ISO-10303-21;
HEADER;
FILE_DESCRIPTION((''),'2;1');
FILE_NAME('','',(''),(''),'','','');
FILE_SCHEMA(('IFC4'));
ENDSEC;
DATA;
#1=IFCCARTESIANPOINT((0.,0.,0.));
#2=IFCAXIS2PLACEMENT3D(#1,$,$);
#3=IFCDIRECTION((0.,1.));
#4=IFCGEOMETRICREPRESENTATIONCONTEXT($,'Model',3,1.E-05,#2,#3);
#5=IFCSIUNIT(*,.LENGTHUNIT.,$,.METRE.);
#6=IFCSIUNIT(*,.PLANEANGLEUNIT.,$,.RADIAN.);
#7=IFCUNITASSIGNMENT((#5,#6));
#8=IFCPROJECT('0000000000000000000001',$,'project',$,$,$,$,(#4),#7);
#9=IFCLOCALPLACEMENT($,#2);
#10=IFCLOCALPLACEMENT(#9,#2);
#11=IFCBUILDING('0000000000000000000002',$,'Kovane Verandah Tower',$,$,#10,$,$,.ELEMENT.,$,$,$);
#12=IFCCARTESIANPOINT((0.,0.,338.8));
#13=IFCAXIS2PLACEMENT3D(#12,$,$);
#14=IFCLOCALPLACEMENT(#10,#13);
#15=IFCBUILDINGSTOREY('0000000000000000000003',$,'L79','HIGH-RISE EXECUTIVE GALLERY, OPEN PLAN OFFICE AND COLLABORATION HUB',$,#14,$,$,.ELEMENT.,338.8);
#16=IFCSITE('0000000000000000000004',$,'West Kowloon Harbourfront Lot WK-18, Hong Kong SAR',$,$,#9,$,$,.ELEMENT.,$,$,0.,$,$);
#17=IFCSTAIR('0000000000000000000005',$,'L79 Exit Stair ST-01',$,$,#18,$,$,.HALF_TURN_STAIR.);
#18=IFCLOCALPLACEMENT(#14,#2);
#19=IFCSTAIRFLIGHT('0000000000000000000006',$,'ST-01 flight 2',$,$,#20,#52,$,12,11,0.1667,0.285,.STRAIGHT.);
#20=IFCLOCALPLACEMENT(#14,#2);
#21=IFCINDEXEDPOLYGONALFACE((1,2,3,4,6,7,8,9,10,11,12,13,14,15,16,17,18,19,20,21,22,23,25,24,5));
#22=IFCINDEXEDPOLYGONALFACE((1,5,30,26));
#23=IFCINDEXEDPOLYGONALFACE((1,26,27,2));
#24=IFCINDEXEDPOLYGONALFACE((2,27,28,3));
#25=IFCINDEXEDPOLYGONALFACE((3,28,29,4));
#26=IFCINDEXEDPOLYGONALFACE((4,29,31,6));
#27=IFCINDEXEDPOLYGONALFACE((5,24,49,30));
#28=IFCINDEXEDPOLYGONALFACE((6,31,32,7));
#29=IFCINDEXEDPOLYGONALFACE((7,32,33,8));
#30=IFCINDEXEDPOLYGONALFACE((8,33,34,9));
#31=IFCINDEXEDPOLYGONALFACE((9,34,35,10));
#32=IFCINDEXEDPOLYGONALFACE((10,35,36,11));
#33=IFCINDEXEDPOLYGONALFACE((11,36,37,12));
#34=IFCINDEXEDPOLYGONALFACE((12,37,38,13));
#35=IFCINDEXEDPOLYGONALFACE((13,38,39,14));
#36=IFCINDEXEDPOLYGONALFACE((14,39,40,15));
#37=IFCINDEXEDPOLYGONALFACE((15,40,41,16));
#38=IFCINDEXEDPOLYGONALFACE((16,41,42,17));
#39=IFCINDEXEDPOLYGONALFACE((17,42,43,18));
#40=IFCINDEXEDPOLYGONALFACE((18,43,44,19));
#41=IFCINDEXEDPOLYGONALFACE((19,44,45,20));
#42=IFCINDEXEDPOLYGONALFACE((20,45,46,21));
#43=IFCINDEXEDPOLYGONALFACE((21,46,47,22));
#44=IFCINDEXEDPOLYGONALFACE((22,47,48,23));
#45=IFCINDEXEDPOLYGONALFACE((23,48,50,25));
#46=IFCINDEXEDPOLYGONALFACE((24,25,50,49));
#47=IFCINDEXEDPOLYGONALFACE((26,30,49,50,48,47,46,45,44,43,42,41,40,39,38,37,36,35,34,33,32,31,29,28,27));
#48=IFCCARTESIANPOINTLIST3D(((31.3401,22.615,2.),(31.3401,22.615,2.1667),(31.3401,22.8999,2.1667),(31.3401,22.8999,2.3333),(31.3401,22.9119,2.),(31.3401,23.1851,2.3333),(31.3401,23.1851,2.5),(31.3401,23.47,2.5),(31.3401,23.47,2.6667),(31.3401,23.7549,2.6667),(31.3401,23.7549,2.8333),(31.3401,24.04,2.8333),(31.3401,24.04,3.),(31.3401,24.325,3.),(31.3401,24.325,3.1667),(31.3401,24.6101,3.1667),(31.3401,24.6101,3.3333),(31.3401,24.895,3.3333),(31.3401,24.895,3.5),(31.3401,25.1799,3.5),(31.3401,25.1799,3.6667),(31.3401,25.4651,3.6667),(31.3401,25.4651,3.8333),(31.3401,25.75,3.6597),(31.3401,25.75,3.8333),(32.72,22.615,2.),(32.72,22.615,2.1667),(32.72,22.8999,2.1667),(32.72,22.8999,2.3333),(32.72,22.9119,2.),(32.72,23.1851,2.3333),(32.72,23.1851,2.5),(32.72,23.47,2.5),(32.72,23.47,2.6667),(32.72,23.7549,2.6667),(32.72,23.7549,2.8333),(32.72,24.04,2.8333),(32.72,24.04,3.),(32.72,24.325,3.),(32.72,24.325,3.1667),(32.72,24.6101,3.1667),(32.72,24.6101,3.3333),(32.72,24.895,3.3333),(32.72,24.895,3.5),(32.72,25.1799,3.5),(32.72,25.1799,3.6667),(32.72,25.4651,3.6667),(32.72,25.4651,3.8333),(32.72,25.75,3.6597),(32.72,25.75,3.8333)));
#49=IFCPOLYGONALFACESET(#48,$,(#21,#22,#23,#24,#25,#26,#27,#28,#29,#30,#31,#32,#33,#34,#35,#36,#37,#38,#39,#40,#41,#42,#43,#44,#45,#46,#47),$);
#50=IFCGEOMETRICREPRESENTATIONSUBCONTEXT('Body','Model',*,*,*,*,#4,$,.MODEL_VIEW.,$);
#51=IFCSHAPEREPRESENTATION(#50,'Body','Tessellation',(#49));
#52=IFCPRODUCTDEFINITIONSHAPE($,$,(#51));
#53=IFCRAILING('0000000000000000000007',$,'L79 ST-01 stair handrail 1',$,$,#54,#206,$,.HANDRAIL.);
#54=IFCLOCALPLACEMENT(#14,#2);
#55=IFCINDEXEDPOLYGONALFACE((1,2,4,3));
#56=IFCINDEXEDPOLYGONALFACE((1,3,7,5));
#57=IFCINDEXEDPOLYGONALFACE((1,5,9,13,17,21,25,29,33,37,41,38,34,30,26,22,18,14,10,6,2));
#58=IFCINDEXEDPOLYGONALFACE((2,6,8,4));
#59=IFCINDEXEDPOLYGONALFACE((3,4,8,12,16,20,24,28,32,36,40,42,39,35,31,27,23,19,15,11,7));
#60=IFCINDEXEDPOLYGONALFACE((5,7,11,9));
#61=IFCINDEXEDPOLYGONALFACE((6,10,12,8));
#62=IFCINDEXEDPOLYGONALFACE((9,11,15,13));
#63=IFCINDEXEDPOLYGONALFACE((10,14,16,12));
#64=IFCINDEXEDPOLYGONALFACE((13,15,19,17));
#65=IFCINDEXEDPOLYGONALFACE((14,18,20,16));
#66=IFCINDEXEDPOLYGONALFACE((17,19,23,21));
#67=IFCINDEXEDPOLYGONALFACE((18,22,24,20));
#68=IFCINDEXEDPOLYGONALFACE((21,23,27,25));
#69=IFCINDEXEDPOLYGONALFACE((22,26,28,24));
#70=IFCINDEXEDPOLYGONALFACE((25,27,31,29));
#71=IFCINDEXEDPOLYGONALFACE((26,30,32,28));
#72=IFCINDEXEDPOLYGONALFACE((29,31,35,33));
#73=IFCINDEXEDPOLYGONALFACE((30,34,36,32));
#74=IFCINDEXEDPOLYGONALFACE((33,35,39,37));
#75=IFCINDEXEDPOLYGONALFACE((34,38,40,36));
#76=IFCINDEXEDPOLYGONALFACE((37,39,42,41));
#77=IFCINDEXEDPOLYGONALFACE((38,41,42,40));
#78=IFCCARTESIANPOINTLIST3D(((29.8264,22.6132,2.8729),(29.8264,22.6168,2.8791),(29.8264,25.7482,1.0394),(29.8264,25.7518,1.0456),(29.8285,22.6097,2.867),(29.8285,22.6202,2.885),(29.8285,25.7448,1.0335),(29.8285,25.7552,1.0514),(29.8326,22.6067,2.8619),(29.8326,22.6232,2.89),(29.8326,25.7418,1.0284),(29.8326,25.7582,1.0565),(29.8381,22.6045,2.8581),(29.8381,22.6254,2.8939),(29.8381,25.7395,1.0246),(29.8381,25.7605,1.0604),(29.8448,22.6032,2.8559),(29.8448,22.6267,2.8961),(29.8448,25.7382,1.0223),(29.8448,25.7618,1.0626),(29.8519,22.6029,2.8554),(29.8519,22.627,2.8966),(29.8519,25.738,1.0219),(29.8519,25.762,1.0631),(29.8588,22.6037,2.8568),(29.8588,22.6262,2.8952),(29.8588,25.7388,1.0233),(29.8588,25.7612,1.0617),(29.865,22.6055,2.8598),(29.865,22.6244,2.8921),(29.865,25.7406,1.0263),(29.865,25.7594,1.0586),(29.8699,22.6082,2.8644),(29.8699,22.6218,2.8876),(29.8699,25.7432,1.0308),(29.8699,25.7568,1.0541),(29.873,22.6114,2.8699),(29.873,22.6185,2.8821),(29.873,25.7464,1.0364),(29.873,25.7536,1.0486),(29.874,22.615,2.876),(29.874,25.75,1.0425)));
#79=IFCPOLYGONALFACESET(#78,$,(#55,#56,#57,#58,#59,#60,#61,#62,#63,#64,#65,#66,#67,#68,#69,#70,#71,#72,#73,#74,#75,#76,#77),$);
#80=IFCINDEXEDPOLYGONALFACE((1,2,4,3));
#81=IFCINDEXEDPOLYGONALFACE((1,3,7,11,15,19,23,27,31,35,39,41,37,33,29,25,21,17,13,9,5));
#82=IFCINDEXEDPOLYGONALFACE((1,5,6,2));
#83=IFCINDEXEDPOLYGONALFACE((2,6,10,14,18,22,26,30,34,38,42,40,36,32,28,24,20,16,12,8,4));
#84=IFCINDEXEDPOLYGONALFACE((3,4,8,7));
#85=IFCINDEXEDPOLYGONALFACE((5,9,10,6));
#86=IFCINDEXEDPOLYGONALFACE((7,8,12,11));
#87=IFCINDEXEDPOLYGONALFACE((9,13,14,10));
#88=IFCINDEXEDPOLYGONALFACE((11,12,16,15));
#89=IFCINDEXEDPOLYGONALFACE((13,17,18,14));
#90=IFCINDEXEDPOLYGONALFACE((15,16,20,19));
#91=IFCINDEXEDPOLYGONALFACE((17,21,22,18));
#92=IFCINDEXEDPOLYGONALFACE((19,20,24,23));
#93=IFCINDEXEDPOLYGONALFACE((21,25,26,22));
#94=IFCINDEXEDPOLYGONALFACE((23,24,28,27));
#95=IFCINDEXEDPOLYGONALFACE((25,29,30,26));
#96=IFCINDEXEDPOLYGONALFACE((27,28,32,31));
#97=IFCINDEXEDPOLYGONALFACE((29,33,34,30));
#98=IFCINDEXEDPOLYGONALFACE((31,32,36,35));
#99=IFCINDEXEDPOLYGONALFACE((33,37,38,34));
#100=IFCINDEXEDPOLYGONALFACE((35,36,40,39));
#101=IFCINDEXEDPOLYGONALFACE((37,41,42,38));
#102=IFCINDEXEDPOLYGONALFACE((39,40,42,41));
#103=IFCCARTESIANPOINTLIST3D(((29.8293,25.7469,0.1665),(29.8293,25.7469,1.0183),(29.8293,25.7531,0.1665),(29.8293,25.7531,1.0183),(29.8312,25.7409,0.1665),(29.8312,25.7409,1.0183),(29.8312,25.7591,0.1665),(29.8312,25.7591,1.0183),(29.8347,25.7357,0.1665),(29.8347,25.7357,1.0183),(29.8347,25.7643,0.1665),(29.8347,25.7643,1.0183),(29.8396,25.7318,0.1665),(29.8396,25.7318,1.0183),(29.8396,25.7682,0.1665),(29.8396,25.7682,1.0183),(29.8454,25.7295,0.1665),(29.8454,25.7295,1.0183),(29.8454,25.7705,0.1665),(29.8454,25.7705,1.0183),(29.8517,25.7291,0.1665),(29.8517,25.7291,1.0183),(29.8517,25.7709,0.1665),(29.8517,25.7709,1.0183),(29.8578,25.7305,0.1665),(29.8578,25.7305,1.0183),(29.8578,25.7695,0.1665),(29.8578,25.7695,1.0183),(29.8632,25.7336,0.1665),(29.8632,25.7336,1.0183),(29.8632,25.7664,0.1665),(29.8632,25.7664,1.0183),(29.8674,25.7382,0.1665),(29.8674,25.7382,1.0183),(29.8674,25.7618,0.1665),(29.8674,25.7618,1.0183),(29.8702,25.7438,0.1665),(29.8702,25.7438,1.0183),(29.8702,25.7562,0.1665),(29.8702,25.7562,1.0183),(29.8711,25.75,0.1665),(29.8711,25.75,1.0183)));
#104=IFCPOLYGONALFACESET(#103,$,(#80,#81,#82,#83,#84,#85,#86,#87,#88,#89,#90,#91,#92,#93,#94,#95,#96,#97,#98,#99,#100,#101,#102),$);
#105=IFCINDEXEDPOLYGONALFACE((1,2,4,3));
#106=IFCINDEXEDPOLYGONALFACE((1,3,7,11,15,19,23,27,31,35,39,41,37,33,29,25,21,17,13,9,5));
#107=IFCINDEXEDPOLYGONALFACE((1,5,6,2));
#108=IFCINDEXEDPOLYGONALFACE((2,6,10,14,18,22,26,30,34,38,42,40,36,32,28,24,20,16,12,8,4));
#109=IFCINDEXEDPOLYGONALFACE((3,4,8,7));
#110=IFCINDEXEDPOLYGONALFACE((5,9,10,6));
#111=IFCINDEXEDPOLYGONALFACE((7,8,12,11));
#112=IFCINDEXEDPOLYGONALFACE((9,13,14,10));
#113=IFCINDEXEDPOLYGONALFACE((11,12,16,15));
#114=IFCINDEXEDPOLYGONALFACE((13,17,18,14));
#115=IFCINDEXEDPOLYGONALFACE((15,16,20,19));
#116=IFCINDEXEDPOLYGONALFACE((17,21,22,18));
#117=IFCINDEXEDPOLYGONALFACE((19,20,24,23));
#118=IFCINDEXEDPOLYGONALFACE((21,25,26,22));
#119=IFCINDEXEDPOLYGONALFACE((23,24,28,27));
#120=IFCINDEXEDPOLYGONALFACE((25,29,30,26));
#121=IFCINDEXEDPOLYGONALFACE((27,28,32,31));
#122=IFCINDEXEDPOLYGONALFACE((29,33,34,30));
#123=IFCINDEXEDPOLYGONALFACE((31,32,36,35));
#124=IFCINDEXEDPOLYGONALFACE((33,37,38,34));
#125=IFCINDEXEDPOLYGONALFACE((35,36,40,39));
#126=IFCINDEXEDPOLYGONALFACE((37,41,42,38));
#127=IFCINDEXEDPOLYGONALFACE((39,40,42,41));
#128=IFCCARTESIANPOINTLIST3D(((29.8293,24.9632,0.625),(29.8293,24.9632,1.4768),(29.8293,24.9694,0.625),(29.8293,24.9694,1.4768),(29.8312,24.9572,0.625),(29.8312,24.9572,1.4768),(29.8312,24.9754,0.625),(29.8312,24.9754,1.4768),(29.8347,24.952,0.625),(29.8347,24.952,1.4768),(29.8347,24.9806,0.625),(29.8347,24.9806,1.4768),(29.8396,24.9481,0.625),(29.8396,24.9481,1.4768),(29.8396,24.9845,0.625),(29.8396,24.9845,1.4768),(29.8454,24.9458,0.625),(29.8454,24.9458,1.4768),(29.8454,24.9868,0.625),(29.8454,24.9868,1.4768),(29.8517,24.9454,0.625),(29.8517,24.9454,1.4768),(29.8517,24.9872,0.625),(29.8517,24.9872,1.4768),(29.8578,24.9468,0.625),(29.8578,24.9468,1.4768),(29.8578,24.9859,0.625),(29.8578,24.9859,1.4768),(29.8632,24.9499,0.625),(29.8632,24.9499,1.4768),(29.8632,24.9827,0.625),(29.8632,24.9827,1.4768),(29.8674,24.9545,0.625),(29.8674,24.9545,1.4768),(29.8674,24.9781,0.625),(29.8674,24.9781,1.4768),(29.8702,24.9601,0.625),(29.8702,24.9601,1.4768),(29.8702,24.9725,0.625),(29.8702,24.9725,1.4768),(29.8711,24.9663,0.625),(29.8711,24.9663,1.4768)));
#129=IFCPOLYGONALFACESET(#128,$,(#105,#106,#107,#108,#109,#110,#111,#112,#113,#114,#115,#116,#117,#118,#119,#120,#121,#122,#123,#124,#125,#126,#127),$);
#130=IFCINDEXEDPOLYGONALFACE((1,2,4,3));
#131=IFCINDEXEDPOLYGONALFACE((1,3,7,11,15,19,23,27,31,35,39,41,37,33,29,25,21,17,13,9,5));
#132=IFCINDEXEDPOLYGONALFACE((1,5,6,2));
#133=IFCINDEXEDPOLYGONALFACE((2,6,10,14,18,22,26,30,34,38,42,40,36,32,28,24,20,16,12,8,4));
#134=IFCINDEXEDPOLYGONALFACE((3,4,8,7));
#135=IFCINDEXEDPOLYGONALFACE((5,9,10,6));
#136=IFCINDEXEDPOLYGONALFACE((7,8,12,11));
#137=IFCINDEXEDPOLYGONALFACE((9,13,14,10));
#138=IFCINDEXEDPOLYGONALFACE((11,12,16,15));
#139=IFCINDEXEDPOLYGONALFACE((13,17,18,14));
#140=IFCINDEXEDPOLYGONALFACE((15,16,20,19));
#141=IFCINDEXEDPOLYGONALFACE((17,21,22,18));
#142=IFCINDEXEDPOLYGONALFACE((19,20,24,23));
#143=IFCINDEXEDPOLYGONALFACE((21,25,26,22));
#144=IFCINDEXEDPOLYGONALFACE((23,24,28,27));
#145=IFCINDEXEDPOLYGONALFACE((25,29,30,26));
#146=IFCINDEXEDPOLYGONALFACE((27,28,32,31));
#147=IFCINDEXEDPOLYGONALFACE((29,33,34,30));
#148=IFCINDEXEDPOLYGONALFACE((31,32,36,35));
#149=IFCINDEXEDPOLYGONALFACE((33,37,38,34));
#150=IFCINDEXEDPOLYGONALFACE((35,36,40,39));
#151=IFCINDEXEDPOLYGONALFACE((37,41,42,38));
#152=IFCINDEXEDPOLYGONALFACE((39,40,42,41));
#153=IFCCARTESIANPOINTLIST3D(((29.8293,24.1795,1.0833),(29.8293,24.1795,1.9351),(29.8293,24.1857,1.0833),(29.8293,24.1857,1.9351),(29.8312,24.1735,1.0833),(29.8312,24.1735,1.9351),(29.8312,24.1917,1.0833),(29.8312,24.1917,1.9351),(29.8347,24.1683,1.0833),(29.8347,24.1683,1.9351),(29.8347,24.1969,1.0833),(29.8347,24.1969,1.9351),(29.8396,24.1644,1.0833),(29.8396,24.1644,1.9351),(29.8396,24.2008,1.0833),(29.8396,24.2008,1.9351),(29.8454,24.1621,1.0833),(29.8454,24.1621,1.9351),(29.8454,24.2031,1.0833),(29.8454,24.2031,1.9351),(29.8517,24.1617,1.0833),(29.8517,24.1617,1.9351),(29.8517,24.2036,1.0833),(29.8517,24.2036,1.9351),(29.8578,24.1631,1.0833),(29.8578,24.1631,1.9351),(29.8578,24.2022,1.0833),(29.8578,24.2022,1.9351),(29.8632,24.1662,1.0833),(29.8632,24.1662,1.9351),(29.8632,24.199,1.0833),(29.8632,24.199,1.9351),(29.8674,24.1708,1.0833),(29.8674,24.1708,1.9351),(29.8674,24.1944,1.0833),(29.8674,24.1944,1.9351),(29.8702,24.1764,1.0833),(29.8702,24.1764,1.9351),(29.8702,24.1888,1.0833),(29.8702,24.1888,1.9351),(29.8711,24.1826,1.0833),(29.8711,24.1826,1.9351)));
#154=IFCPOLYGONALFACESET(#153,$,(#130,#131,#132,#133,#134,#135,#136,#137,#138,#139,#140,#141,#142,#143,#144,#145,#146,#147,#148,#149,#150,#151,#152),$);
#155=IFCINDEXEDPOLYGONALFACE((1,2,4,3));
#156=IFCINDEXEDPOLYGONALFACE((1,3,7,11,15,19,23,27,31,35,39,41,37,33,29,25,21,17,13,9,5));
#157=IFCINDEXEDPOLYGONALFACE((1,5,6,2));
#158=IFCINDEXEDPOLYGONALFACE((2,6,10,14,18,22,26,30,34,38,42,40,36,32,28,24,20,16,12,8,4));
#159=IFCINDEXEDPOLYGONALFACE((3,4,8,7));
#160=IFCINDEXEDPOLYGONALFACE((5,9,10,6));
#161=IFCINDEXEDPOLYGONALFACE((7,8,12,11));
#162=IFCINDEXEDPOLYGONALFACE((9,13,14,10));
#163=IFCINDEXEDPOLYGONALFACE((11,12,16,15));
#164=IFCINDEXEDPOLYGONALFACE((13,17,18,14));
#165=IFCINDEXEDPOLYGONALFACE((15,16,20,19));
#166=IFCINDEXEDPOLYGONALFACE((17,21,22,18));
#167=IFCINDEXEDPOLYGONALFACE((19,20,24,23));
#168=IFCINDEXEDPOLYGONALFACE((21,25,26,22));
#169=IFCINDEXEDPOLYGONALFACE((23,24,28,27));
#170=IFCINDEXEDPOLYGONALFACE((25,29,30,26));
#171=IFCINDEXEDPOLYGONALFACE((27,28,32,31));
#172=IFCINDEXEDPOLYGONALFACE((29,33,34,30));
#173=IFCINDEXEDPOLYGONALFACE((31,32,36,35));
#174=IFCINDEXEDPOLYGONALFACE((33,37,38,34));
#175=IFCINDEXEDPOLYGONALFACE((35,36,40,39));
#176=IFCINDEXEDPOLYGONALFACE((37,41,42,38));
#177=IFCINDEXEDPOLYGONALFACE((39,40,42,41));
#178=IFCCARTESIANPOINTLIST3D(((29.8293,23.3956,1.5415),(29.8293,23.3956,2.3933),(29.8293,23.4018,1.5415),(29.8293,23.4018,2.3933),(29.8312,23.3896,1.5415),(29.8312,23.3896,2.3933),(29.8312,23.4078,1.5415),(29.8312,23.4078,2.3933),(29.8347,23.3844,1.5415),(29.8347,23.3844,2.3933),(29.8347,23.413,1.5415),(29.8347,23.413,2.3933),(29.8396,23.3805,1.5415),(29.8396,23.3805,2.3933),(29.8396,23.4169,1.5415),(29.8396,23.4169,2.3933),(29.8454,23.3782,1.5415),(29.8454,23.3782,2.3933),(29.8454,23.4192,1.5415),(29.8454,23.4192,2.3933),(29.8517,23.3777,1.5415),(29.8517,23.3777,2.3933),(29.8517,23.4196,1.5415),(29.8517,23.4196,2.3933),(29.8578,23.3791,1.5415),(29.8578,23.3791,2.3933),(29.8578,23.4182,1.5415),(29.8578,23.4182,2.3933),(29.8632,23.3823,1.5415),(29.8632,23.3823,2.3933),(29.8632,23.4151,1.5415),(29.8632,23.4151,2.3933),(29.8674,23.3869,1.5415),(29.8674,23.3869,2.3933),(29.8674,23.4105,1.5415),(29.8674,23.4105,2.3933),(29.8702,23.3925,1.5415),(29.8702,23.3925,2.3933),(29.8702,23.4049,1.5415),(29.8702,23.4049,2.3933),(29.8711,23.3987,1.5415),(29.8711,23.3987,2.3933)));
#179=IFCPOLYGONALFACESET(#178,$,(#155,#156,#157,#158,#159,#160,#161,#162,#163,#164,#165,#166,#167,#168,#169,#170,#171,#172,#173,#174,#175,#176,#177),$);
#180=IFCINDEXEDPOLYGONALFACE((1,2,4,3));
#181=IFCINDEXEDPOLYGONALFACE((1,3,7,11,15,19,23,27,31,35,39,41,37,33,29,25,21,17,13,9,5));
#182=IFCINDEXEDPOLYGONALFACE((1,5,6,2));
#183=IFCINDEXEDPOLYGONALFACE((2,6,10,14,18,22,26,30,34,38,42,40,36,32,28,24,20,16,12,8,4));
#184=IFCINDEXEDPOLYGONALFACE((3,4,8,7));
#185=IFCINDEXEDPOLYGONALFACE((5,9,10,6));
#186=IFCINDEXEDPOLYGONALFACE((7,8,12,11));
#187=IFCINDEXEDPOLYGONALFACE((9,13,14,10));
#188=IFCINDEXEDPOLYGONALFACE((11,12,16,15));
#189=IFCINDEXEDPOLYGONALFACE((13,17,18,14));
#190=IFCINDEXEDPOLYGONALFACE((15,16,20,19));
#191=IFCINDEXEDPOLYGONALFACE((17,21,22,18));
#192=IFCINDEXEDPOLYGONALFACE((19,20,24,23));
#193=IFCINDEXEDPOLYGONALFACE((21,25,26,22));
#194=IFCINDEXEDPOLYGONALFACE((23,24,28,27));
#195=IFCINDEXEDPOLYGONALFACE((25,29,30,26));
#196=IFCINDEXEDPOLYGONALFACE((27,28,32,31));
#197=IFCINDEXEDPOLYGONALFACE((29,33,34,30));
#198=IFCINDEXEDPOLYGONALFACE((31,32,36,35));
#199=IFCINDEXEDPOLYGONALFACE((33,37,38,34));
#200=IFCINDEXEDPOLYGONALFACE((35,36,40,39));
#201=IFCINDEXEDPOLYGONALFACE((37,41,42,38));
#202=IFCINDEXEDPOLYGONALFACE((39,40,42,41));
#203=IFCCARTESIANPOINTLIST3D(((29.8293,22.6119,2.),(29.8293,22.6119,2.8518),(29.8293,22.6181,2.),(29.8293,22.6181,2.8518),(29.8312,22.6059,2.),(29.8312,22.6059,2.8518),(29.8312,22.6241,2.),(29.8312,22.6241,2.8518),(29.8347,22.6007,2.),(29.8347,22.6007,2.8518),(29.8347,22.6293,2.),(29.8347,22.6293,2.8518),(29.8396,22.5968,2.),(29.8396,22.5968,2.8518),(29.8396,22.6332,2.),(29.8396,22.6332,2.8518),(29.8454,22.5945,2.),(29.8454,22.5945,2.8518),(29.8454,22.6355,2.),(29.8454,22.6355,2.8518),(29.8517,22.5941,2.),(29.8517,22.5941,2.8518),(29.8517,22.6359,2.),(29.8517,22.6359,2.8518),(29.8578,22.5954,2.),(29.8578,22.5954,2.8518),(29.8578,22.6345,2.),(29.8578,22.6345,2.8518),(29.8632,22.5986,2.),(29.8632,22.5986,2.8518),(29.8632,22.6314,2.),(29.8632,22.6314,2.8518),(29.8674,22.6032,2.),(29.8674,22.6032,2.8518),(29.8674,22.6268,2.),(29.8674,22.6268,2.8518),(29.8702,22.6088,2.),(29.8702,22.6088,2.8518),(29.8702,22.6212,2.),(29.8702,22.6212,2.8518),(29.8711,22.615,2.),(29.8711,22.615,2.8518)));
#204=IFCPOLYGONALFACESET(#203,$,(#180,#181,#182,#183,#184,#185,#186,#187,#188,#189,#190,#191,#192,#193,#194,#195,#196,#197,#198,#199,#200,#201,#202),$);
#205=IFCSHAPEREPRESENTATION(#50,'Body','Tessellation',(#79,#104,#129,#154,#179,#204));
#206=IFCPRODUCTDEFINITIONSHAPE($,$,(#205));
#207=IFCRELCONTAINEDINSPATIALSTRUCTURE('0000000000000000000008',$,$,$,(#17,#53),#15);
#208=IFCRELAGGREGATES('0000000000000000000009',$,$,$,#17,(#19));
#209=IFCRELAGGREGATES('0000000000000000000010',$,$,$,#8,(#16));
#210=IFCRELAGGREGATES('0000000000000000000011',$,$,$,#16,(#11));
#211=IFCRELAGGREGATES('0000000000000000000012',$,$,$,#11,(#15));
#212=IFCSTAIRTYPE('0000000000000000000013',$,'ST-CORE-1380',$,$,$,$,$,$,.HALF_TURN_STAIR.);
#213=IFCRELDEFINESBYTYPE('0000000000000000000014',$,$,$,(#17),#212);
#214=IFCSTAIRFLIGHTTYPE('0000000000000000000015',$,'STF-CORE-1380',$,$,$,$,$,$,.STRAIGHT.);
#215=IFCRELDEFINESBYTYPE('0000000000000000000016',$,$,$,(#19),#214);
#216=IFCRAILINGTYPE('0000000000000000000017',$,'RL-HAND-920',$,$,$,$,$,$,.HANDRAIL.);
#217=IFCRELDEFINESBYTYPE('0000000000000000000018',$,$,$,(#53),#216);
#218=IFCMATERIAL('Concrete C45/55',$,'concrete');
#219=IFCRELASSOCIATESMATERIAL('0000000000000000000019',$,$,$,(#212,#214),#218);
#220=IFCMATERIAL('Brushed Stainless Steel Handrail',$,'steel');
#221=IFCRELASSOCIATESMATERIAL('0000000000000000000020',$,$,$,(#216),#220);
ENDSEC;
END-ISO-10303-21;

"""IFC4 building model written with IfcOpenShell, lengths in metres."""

from ifc_helpers import new_model, si_unit, direction, frame, origin, origin_2d, place, context, subcontext, project, spatial, polyline, circle, outline, extrude, material, type_object, element, aggregate, save


model = new_model("IFC4")

# Units and contexts
model_context = context("Model", 3, precision=1e-05, world=origin(), true_north=direction((0.0, 1.0)))
body_context = subcontext(model_context, "Body", "Model", "MODEL_VIEW")
ifc_project = project(units=[si_unit("LENGTHUNIT", "METRE"), si_unit("PLANEANGLEUNIT", "RADIAN")], contexts=[model_context])

# Site, building, storey
site_placement = place(None, origin())
site = spatial("IfcSite", under=ifc_project, at=site_placement, Name="West Kowloon Harbourfront Lot WK-18, Hong Kong SAR", CompositionType="ELEMENT", RefElevation=0.0)
building_placement = place(site_placement, origin())
building = spatial("IfcBuilding", under=site, at=building_placement, Name="Kovane Verandah Tower", CompositionType="ELEMENT")
storey_placement = place(building_placement, frame((0.0, 0.0, 338.8)))
storey = spatial("IfcBuildingStorey", under=building, at=storey_placement, Name="L79", Description="HIGH-RISE EXECUTIVE GALLERY, OPEN PLAN OFFICE AND COLLABORATION HUB", CompositionType="ELEMENT", Elevation=338.8)

# Shared definitions
ifc_material_1 = material(Name="Concrete C45/55", Category="concrete")

# Stair, stair flight
stair_type = type_object("IfcStairType", Name="ST-CORE-1380", PredefinedType="HALF_TURN_STAIR", material=ifc_material_1)
stair_placement = place(storey_placement, origin())
stair = element("IfcStair", 1, at=stair_placement, inside=storey, type_object=stair_type, Name="L79 Exit Stair ST-01", PredefinedType="HALF_TURN_STAIR")
stair_flight_type = type_object("IfcStairFlightType", Name="STF-CORE-1380", PredefinedType="STRAIGHT", material=ifc_material_1)
stair_flight_1_placement = place(storey_placement, frame((32.03, 22.615, 2.0), z_axis=(0.0, 0.0, 1.0), x_axis=(0.0, 1.0, 0.0)))
stair_flight_1 = element("IfcStairFlight", 2, at=stair_flight_1_placement, type_object=stair_flight_type, Name="ST-01 flight 2", NumberOfRisers=12, NumberOfTreads=11, PredefinedType="STRAIGHT", RiserHeight=0.1667, TreadLength=0.285, context=body_context, shape_type="SweptSolid", body=[
    extrude(outline(polyline([(0.0, 0.0), (0.0, 0.1667), (0.2849, 0.1667), (0.2849, 0.3333), (0.5701, 0.3333), (0.5701, 0.5), (0.855, 0.5), (0.855, 0.6667), (1.1399, 0.6667), (1.1399, 0.8333), (1.425, 0.8333), (1.425, 1.0), (1.71, 1.0), (1.71, 1.1667), (1.9951, 1.1667), (1.9951, 1.3333), (2.28, 1.3333), (2.28, 1.5), (2.5649, 1.5), (2.5649, 1.6667), (2.8501, 1.6667), (2.8501, 1.8333), (3.135, 1.8333), (3.135, 2.0), (3.135, 1.6597), (0.2969, 0.0), (0.0, 0.0)])), frame((0.0, 0.6899, 0.0), z_axis=(0.0, -1.0, 0.0), x_axis=(1.0, 0.0, 0.0)), (0.0, 0.0, 1.0), 1.3799),
])
aggregate(stair, [stair_flight_1])

# Railing
ifc_material_2 = material(Name="Brushed Stainless Steel Handrail", Category="steel")
railing_type_1 = type_object("IfcRailingType", Name="RL-HAND-920", PredefinedType="HANDRAIL", material=ifc_material_2)
railing_1_placement = place(storey_placement, frame((29.8501, 25.75, 0.1665)))
element("IfcRailing", 3, at=railing_1_placement, inside=storey, type_object=railing_type_1, Name="L79 ST-01 stair handrail 1", PredefinedType="HANDRAIL", context=body_context, shape_type="SweptSolid", body=[
    extrude(circle(Radius=0.0239, at=origin_2d()), frame((0.0, 0.0, 0.876), z_axis=(0.0, -0.86321, 0.504845), x_axis=(1.0, 0.0, 0.0)), (0.0, 0.0, 1.0), 3.6318),
    extrude(circle(Radius=0.021, at=origin_2d()), origin(), (0.0, 0.0, 1.0), 0.8518),
    extrude(circle(Radius=0.021, at=origin_2d()), frame((0.0, -0.7837, 0.4585)), (0.0, 0.0, 1.0), 0.8518),
    extrude(circle(Radius=0.021, at=origin_2d()), frame((0.0, -1.5674, 0.9167)), (0.0, 0.0, 1.0), 0.8518),
    extrude(circle(Radius=0.021, at=origin_2d()), frame((0.0, -2.3513, 1.375)), (0.0, 0.0, 1.0), 0.8518),
    extrude(circle(Radius=0.021, at=origin_2d()), frame((0.0, -3.135, 1.8335)), (0.0, 0.0, 1.0), 0.8518),
])

save(model, "model.ifc")
